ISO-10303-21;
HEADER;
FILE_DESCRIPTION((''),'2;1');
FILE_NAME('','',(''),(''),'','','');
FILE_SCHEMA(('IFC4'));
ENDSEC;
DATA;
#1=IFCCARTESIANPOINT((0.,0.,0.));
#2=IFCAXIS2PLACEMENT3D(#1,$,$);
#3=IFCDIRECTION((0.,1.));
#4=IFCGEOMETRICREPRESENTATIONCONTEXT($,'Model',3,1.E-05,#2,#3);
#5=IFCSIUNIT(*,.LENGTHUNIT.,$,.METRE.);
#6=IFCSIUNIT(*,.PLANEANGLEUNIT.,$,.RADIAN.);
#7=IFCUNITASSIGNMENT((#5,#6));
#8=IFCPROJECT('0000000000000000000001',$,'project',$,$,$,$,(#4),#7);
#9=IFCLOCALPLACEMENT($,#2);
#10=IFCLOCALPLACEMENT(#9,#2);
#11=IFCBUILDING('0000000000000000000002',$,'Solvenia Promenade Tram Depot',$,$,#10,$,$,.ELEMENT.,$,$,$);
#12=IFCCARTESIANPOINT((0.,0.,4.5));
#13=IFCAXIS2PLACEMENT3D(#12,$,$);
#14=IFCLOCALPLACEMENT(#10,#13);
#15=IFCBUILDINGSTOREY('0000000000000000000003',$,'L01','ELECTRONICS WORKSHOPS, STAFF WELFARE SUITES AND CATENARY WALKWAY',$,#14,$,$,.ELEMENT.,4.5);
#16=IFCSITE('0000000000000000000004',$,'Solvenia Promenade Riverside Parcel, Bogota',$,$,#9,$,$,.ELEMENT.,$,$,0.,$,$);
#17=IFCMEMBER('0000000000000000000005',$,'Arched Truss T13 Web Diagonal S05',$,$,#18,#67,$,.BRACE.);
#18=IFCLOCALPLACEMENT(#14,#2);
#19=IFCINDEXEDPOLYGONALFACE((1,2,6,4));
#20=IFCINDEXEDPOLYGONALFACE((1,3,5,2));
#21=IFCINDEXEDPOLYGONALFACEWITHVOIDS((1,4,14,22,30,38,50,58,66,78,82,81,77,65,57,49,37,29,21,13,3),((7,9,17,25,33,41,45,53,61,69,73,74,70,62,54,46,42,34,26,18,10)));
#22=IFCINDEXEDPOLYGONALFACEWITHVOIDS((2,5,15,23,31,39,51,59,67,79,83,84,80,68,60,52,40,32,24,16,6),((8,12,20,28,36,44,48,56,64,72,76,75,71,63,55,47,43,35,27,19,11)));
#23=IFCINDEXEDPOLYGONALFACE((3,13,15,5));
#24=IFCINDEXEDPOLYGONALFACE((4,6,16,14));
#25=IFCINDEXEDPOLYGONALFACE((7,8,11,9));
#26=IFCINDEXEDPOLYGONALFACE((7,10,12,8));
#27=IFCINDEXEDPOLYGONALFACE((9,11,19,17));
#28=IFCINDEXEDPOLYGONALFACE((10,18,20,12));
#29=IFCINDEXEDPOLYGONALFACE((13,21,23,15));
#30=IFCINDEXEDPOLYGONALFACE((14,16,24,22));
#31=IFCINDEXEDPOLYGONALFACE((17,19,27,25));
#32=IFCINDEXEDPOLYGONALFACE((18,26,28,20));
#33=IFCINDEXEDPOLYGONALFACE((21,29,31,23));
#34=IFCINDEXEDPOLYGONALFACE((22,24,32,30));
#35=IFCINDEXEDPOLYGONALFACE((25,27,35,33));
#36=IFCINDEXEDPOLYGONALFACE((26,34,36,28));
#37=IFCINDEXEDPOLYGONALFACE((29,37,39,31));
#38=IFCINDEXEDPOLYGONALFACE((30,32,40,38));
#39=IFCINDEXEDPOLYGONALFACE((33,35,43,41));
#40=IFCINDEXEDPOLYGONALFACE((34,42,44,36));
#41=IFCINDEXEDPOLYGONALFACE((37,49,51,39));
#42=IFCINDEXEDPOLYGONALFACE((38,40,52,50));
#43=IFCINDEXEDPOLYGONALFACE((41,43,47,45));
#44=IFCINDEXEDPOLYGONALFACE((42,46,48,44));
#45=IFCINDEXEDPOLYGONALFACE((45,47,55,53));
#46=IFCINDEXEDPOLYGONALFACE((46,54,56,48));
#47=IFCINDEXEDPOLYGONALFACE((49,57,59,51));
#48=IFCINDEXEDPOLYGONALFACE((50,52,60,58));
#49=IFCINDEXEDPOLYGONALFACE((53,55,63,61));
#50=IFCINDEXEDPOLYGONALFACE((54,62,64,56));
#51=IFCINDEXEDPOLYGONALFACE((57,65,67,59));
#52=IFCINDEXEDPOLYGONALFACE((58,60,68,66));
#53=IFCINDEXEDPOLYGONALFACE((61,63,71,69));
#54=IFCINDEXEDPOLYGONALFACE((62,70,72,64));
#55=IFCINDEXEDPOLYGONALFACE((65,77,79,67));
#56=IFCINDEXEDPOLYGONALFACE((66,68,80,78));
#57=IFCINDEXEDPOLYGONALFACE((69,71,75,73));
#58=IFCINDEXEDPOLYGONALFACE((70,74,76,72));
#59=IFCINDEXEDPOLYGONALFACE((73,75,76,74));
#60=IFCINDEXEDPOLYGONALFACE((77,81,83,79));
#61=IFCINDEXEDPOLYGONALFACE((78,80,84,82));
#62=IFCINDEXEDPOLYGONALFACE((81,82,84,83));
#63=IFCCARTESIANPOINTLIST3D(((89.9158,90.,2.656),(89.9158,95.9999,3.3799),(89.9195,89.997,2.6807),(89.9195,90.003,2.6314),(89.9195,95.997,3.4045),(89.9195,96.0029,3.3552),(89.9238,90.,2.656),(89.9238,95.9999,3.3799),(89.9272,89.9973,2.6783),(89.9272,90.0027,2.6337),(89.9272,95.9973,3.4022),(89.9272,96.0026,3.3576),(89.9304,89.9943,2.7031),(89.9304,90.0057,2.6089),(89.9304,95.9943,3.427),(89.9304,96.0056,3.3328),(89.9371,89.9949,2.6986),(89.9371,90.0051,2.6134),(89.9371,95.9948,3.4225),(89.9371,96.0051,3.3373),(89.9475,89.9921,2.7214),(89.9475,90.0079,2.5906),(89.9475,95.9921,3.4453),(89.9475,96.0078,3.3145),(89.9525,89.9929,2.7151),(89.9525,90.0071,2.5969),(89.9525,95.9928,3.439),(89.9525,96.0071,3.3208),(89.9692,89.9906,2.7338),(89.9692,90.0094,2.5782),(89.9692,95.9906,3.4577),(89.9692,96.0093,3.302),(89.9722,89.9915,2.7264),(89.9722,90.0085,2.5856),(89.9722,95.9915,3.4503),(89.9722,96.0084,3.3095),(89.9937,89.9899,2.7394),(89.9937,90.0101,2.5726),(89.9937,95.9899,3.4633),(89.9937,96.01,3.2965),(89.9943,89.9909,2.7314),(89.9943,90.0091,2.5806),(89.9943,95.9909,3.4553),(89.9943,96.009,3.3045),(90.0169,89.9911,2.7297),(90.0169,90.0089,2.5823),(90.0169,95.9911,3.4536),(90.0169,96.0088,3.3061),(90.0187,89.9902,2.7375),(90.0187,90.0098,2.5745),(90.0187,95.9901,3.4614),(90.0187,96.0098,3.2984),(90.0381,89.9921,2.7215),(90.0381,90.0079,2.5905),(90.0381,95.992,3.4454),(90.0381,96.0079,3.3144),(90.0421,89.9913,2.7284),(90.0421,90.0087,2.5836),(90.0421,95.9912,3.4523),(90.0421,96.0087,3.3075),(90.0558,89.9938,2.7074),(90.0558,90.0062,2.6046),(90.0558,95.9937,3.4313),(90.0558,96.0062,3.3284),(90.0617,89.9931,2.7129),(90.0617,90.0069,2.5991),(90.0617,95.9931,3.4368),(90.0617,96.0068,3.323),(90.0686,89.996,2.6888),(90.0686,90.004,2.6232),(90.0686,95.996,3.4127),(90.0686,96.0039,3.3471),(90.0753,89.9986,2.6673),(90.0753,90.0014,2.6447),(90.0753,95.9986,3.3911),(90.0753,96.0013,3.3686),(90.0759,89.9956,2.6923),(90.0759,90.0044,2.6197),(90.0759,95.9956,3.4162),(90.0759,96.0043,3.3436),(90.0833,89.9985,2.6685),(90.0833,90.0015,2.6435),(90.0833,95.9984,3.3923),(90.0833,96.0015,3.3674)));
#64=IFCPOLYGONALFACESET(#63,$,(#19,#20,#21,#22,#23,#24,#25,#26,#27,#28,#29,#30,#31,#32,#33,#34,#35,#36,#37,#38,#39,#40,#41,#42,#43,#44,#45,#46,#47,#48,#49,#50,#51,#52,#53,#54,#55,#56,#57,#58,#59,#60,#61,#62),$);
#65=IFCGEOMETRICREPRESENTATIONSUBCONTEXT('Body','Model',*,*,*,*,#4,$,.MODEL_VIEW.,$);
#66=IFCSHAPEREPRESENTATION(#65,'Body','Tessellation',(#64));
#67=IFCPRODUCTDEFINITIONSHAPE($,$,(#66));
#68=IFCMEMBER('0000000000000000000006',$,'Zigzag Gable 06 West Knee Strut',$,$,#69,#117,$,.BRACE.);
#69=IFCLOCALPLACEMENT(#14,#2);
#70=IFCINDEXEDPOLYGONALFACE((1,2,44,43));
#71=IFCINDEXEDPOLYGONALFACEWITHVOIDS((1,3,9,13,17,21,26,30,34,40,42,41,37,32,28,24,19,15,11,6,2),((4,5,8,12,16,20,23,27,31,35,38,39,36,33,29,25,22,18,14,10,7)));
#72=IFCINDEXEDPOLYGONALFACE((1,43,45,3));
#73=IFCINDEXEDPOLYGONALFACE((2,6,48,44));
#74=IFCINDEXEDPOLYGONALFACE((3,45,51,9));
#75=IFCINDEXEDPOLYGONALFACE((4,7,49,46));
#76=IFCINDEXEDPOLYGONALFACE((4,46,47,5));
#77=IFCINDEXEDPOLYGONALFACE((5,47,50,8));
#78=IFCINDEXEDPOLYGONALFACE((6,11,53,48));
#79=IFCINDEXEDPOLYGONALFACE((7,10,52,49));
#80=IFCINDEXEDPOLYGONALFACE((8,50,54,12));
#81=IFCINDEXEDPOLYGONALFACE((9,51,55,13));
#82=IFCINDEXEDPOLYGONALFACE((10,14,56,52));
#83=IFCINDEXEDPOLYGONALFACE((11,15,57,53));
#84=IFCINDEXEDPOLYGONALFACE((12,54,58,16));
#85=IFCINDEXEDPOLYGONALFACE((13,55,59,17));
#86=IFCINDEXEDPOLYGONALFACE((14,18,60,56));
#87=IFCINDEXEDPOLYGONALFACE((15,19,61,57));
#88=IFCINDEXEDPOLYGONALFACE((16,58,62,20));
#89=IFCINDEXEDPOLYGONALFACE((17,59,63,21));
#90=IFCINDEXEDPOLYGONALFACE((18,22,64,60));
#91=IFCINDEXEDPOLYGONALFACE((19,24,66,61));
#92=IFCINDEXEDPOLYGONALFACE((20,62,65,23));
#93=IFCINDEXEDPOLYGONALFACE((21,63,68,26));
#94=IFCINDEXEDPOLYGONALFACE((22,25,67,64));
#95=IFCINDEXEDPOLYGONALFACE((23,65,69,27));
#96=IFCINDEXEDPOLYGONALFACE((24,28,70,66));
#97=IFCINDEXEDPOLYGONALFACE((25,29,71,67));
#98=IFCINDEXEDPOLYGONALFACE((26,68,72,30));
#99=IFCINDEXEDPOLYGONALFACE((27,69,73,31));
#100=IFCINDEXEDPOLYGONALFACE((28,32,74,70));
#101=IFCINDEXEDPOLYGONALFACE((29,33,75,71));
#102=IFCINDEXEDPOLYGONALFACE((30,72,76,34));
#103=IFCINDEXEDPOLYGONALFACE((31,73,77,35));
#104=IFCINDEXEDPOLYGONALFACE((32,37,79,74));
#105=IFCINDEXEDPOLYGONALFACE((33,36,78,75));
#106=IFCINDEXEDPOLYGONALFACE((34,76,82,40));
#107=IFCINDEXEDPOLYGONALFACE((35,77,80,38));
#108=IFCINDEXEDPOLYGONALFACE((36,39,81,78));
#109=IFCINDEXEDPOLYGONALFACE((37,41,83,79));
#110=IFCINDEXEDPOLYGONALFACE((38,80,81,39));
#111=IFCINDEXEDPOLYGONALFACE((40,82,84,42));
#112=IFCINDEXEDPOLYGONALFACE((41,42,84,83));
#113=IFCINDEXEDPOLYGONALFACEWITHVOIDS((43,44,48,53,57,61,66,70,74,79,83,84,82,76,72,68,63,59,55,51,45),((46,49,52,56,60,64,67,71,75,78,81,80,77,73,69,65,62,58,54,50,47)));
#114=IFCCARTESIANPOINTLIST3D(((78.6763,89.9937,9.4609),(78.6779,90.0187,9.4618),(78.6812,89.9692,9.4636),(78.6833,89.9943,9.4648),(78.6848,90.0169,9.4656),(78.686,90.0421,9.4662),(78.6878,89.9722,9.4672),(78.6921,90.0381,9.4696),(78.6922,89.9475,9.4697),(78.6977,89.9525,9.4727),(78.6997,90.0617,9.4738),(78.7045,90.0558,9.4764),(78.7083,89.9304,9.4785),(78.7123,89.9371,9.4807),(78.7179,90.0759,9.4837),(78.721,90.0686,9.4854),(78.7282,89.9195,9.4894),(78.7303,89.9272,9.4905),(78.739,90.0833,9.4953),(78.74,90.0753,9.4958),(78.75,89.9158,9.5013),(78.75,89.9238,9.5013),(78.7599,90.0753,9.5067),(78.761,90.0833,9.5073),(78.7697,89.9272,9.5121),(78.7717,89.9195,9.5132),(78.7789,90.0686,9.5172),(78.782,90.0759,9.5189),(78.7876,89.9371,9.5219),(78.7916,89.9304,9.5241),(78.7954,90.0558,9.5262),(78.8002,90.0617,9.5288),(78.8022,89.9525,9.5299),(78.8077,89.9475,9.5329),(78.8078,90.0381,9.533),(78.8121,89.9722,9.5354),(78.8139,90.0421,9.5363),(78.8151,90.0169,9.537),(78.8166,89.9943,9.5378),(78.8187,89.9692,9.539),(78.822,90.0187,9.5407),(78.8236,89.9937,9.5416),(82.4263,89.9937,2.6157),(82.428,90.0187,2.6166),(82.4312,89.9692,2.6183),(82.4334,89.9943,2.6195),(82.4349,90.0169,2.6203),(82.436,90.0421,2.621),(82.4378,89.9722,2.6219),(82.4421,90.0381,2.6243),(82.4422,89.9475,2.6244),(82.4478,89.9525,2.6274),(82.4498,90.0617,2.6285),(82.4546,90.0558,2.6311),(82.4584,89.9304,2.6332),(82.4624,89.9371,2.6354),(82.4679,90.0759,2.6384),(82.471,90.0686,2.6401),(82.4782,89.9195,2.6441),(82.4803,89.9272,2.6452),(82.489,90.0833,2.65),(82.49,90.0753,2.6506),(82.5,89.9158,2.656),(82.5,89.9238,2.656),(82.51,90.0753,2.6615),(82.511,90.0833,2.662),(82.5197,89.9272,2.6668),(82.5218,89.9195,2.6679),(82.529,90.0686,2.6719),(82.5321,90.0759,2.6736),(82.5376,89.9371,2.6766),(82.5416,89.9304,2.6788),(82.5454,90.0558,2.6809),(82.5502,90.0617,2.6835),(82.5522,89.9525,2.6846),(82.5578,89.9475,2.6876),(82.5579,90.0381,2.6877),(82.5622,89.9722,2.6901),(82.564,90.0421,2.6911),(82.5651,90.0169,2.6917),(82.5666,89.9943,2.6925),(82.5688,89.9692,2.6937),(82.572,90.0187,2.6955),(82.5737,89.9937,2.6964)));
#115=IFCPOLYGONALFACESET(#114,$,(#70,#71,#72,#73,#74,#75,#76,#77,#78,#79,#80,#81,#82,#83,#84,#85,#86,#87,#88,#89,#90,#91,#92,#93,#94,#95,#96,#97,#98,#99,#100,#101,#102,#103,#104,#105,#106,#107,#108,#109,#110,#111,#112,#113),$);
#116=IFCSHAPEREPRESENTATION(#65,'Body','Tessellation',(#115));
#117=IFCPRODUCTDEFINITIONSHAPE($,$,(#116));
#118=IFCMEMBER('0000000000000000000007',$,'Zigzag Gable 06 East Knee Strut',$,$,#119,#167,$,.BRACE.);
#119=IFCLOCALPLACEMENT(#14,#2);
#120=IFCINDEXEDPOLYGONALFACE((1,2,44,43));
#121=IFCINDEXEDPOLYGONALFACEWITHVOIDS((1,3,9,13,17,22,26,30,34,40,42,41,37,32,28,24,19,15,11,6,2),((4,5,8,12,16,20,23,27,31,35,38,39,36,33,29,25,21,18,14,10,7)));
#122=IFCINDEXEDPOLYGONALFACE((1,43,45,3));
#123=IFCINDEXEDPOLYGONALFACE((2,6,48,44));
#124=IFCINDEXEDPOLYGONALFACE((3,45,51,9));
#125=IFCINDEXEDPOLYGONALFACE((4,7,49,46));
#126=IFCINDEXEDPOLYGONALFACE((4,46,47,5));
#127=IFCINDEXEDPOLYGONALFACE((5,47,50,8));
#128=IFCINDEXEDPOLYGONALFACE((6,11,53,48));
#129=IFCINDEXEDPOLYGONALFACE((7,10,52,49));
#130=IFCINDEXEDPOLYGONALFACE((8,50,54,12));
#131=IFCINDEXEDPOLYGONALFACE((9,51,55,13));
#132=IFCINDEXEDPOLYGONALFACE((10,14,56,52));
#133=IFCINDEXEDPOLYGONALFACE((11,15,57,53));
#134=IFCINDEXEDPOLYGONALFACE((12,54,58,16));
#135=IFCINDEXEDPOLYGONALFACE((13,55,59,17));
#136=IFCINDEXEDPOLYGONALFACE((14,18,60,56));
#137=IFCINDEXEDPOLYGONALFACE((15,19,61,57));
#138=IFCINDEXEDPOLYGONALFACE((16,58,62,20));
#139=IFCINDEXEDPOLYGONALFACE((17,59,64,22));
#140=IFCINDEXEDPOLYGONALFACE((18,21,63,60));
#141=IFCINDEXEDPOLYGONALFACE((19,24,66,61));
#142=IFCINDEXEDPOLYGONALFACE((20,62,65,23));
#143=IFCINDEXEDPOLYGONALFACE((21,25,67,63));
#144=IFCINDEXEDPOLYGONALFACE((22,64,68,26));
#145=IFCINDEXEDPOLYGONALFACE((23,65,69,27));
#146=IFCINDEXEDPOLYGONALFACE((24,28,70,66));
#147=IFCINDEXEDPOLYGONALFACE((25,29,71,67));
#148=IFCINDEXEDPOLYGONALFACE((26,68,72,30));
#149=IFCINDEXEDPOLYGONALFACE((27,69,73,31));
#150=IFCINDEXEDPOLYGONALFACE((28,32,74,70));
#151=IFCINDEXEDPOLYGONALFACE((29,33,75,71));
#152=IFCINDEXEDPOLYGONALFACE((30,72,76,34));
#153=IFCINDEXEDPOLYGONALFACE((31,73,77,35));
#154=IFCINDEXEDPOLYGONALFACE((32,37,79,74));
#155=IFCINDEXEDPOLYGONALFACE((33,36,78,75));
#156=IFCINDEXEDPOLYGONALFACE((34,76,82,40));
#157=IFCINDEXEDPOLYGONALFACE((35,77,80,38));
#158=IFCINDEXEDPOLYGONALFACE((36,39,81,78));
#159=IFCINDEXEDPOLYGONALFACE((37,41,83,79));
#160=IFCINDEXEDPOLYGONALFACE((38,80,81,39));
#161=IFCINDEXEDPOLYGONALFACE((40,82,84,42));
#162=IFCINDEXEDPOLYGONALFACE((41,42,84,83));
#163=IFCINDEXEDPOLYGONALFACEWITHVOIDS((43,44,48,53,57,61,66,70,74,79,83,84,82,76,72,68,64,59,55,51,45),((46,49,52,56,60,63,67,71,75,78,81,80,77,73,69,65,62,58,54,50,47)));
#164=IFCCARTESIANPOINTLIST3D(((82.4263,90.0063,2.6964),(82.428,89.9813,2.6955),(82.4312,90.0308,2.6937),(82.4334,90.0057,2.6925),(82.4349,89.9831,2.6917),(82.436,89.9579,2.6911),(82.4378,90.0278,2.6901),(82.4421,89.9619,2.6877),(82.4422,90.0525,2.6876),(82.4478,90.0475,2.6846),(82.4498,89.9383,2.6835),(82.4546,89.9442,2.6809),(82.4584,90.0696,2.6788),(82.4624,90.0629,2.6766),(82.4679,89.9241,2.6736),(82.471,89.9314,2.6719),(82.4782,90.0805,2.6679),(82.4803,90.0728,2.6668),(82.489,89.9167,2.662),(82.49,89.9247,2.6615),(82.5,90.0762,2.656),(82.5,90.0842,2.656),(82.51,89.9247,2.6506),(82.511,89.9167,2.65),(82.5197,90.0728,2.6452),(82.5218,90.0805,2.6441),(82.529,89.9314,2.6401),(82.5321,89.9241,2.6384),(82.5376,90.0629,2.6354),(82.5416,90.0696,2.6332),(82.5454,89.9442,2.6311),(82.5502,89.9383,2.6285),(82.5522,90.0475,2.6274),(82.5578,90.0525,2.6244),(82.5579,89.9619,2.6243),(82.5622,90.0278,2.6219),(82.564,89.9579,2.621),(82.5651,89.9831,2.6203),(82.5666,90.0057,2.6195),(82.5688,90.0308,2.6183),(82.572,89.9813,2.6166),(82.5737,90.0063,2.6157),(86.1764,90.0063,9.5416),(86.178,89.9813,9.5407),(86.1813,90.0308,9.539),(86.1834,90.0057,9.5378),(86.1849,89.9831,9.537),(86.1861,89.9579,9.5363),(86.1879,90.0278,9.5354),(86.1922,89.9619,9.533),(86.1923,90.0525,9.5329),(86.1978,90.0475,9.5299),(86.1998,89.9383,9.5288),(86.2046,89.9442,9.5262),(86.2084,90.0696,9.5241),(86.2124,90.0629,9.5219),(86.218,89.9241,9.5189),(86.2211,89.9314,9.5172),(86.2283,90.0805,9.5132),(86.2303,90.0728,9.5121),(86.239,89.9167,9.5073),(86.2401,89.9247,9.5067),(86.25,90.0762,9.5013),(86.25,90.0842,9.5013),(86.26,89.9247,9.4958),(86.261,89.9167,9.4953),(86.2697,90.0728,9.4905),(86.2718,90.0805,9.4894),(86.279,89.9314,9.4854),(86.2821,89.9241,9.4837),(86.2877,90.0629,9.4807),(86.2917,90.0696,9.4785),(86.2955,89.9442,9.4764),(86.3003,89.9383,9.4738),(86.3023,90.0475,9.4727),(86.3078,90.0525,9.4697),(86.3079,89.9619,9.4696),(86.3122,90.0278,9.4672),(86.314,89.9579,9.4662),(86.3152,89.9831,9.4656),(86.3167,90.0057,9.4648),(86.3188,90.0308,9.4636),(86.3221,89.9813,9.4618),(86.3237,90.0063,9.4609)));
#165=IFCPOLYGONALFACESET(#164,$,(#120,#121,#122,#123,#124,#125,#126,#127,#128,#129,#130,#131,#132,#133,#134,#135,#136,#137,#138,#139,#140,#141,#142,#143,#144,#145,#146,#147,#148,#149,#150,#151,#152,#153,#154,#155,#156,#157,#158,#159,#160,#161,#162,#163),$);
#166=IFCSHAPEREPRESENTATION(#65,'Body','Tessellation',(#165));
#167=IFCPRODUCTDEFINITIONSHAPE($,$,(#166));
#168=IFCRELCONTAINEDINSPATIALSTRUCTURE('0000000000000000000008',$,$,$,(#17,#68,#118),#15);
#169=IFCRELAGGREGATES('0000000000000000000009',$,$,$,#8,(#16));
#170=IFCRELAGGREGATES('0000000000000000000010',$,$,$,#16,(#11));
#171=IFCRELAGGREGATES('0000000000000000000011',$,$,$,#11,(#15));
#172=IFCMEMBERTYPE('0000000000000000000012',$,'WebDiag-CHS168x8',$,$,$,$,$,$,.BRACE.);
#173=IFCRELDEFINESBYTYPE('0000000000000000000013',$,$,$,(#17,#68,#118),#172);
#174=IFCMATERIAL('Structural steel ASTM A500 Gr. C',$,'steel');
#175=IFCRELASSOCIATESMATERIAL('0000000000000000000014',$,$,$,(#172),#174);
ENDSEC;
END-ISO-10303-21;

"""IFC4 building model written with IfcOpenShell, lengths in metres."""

from ifc_helpers import new_model, si_unit, direction, frame, origin, origin_2d, place, context, subcontext, project, spatial, hollow_circle, extrude, material, material_profile, profile_set, type_object, element, save


model = new_model("IFC4")

# Units and contexts
model_context = context("Model", 3, precision=1e-05, world=origin(), true_north=direction((0.0, 1.0)))
body_context = subcontext(model_context, "Body", "Model", "MODEL_VIEW")
ifc_project = project(units=[si_unit("LENGTHUNIT", "METRE"), si_unit("PLANEANGLEUNIT", "RADIAN")], contexts=[model_context])

# Site, building, storey
site_placement = place(None, origin())
site = spatial("IfcSite", under=ifc_project, at=site_placement, Name="Solvenia Promenade Riverside Parcel, Bogota", CompositionType="ELEMENT", RefElevation=0.0)
building_placement = place(site_placement, origin())
building = spatial("IfcBuilding", under=site, at=building_placement, Name="Solvenia Promenade Tram Depot", CompositionType="ELEMENT")
storey_placement = place(building_placement, frame((0.0, 0.0, 4.5)))
storey = spatial("IfcBuildingStorey", under=building, at=storey_placement, Name="L01", Description="ELECTRONICS WORKSHOPS, STAFF WELFARE SUITES AND CATENARY WALKWAY", CompositionType="ELEMENT", Elevation=4.5)

# Shared definitions
ifc_material_1 = material(Name="Structural steel ASTM A500 Gr. C", Category="steel")

# Members
ifc_material_profile_1 = material_profile(ifc_material_1, hollow_circle(Radius=0.0842, WallThickness=0.0081, at=origin_2d()), Name="CHS168.3x8", Category="steel")
ifc_profile_set_1 = profile_set([ifc_material_profile_1], Name="Structural steel ASTM A500 Gr. C")
member_type_1 = type_object("IfcMemberType", Name="WebDiag-CHS168x8", PredefinedType="BRACE", material=ifc_profile_set_1)
member_1_placement = place(storey_placement, frame((90.0, 90.0, 2.656), z_axis=(0.0, 0.992801, 0.119778), x_axis=(-1.0, 0.0, 0.0)))
element("IfcMember", 1, at=member_1_placement, inside=storey, type_object=member_type_1, Name="Arched Truss T13 Web Diagonal S05", PredefinedType="BRACE", context=body_context, shape_type="SweptSolid", body=[
    extrude(hollow_circle(Radius=0.0842, WallThickness=0.0081, at=origin_2d()), origin(), (0.0, 0.0, 1.0), 6.0435),
])
for number, where, z_axis, x_axis, name in (
    (2, (82.5, 90.0, 2.656), (-0.480456, 0.0, 0.877019), (0.0, -1.0, 0.0), "Zigzag Gable 06 West Knee Strut"),
    (3, (82.5, 90.0, 2.656), (0.480456, 0.0, 0.877019), (0.0, 1.0, 0.0), "Zigzag Gable 06 East Knee Strut"),
):
    element("IfcMember", number, at=place(storey_placement, frame(where, z_axis=z_axis, x_axis=x_axis)), inside=storey, type_object=member_type_1, Name=name, PredefinedType="BRACE", context=body_context, shape_type="SweptSolid", body=[
        extrude(hollow_circle(Radius=0.0842, WallThickness=0.0081, at=origin_2d()), origin(), (0.0, 0.0, 1.0), 7.8052),
    ])

save(model, "model.ifc")
